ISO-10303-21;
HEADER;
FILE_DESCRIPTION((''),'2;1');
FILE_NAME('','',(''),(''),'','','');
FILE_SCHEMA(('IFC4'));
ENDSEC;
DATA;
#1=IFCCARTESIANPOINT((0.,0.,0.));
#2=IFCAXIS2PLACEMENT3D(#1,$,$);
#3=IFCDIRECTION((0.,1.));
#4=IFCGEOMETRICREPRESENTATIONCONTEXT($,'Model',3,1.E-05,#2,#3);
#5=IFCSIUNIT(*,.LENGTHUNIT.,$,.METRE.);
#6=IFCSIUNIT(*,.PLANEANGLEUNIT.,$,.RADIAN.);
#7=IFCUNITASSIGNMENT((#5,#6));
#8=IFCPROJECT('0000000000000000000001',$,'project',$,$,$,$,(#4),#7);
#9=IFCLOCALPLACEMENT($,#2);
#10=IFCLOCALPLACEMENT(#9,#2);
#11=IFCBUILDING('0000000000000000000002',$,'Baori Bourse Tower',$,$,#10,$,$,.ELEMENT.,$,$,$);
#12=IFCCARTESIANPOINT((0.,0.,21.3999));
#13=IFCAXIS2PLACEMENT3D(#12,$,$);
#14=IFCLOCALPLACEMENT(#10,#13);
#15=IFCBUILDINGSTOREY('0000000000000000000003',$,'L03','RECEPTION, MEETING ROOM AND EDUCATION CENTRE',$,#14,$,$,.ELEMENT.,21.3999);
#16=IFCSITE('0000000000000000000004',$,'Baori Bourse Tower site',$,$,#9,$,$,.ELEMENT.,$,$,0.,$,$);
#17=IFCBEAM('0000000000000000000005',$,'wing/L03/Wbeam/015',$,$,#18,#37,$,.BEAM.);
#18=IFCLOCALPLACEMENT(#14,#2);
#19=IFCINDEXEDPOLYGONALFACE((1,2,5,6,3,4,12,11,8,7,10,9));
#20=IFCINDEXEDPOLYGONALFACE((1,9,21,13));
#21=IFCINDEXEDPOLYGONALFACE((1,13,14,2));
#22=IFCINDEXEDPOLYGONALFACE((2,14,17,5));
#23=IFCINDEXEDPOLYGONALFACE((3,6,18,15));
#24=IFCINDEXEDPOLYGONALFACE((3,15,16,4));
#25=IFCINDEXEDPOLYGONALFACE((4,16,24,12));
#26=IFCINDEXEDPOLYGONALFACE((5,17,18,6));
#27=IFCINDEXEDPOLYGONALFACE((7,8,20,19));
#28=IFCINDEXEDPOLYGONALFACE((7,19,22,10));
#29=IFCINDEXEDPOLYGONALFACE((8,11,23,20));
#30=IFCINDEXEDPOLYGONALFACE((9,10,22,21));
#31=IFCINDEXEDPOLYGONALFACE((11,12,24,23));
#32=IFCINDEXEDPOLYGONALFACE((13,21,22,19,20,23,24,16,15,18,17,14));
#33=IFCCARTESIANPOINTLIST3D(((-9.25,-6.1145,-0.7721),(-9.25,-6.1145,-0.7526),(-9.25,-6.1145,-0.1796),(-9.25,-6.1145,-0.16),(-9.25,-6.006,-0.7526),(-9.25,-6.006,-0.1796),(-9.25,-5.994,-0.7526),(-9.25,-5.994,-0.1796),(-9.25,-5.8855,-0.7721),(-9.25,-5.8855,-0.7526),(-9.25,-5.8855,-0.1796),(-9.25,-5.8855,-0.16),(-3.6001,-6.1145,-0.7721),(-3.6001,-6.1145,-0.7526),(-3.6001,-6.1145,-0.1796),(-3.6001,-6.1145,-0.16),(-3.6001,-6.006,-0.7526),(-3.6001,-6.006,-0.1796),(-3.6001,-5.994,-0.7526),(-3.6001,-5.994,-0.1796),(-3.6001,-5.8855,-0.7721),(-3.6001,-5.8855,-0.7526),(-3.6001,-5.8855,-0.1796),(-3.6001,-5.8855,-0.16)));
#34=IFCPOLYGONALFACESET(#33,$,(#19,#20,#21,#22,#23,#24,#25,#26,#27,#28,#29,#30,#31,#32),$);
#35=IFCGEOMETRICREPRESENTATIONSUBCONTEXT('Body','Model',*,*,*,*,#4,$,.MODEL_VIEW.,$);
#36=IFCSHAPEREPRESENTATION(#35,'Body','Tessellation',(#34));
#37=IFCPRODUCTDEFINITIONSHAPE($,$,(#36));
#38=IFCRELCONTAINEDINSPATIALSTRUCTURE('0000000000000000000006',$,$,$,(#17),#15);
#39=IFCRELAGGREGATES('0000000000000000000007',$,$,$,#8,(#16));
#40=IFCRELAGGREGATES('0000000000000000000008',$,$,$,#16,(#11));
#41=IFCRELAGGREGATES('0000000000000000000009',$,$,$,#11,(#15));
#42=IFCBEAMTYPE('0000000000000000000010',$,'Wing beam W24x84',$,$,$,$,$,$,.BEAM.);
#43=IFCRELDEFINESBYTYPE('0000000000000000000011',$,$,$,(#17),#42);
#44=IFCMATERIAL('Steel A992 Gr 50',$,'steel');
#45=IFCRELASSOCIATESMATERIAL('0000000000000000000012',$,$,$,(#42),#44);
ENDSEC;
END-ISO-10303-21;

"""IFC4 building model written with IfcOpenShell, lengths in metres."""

from ifc_helpers import new_model, si_unit, direction, frame, origin, origin_2d, place, context, subcontext, project, spatial, i_section, extrude, material, material_profile, profile_set, type_object, element, save


model = new_model("IFC4")

# Units and contexts
model_context = context("Model", 3, precision=1e-05, world=origin(), true_north=direction((0.0, 1.0)))
body_context = subcontext(model_context, "Body", "Model", "MODEL_VIEW")
ifc_project = project(units=[si_unit("LENGTHUNIT", "METRE"), si_unit("PLANEANGLEUNIT", "RADIAN")], contexts=[model_context])

# Site, building, storey
site_placement = place(None, origin())
site = spatial("IfcSite", under=ifc_project, at=site_placement, Name="Baori Bourse Tower site", CompositionType="ELEMENT", RefElevation=0.0)
building_placement = place(site_placement, origin())
building = spatial("IfcBuilding", under=site, at=building_placement, Name="Baori Bourse Tower", CompositionType="ELEMENT")
storey_placement = place(building_placement, frame((0.0, 0.0, 21.3999)))
storey = spatial("IfcBuildingStorey", under=building, at=storey_placement, Name="L03", Description="RECEPTION, MEETING ROOM AND EDUCATION CENTRE", CompositionType="ELEMENT", Elevation=21.3999)

# Beam
ifc_material_1 = material(Name="Steel A992 Gr 50", Category="steel")
ifc_material_profile_1 = material_profile(ifc_material_1, i_section(OverallWidth=0.229, OverallDepth=0.6121, WebThickness=0.012, FlangeThickness=0.0195, at=origin_2d()), Name="W24x84")
ifc_profile_set_1 = profile_set([ifc_material_profile_1], Name="Steel A992 Gr 50")
beam_type_1 = type_object("IfcBeamType", Name="Wing beam W24x84", PredefinedType="BEAM", material=ifc_profile_set_1)
for number, where, z_axis, x_axis, name in (
    (1, (-9.25, -6.0, -0.4661), (1.0, 0.0, 0.0), (0.0, 1.0, 0.0), "wing/L03/Wbeam/015"),
):
    element("IfcBeam", number, at=place(storey_placement, frame(where, z_axis=z_axis, x_axis=x_axis)), inside=storey, type_object=beam_type_1, Name=name, PredefinedType="BEAM", context=body_context, shape_type="SweptSolid", body=[
        extrude(i_section(OverallWidth=0.229, OverallDepth=0.6121, WebThickness=0.012, FlangeThickness=0.0195, at=origin_2d()), origin(), (0.0, 0.0, 1.0), 5.6499),
    ])

save(model, "model.ifc")
